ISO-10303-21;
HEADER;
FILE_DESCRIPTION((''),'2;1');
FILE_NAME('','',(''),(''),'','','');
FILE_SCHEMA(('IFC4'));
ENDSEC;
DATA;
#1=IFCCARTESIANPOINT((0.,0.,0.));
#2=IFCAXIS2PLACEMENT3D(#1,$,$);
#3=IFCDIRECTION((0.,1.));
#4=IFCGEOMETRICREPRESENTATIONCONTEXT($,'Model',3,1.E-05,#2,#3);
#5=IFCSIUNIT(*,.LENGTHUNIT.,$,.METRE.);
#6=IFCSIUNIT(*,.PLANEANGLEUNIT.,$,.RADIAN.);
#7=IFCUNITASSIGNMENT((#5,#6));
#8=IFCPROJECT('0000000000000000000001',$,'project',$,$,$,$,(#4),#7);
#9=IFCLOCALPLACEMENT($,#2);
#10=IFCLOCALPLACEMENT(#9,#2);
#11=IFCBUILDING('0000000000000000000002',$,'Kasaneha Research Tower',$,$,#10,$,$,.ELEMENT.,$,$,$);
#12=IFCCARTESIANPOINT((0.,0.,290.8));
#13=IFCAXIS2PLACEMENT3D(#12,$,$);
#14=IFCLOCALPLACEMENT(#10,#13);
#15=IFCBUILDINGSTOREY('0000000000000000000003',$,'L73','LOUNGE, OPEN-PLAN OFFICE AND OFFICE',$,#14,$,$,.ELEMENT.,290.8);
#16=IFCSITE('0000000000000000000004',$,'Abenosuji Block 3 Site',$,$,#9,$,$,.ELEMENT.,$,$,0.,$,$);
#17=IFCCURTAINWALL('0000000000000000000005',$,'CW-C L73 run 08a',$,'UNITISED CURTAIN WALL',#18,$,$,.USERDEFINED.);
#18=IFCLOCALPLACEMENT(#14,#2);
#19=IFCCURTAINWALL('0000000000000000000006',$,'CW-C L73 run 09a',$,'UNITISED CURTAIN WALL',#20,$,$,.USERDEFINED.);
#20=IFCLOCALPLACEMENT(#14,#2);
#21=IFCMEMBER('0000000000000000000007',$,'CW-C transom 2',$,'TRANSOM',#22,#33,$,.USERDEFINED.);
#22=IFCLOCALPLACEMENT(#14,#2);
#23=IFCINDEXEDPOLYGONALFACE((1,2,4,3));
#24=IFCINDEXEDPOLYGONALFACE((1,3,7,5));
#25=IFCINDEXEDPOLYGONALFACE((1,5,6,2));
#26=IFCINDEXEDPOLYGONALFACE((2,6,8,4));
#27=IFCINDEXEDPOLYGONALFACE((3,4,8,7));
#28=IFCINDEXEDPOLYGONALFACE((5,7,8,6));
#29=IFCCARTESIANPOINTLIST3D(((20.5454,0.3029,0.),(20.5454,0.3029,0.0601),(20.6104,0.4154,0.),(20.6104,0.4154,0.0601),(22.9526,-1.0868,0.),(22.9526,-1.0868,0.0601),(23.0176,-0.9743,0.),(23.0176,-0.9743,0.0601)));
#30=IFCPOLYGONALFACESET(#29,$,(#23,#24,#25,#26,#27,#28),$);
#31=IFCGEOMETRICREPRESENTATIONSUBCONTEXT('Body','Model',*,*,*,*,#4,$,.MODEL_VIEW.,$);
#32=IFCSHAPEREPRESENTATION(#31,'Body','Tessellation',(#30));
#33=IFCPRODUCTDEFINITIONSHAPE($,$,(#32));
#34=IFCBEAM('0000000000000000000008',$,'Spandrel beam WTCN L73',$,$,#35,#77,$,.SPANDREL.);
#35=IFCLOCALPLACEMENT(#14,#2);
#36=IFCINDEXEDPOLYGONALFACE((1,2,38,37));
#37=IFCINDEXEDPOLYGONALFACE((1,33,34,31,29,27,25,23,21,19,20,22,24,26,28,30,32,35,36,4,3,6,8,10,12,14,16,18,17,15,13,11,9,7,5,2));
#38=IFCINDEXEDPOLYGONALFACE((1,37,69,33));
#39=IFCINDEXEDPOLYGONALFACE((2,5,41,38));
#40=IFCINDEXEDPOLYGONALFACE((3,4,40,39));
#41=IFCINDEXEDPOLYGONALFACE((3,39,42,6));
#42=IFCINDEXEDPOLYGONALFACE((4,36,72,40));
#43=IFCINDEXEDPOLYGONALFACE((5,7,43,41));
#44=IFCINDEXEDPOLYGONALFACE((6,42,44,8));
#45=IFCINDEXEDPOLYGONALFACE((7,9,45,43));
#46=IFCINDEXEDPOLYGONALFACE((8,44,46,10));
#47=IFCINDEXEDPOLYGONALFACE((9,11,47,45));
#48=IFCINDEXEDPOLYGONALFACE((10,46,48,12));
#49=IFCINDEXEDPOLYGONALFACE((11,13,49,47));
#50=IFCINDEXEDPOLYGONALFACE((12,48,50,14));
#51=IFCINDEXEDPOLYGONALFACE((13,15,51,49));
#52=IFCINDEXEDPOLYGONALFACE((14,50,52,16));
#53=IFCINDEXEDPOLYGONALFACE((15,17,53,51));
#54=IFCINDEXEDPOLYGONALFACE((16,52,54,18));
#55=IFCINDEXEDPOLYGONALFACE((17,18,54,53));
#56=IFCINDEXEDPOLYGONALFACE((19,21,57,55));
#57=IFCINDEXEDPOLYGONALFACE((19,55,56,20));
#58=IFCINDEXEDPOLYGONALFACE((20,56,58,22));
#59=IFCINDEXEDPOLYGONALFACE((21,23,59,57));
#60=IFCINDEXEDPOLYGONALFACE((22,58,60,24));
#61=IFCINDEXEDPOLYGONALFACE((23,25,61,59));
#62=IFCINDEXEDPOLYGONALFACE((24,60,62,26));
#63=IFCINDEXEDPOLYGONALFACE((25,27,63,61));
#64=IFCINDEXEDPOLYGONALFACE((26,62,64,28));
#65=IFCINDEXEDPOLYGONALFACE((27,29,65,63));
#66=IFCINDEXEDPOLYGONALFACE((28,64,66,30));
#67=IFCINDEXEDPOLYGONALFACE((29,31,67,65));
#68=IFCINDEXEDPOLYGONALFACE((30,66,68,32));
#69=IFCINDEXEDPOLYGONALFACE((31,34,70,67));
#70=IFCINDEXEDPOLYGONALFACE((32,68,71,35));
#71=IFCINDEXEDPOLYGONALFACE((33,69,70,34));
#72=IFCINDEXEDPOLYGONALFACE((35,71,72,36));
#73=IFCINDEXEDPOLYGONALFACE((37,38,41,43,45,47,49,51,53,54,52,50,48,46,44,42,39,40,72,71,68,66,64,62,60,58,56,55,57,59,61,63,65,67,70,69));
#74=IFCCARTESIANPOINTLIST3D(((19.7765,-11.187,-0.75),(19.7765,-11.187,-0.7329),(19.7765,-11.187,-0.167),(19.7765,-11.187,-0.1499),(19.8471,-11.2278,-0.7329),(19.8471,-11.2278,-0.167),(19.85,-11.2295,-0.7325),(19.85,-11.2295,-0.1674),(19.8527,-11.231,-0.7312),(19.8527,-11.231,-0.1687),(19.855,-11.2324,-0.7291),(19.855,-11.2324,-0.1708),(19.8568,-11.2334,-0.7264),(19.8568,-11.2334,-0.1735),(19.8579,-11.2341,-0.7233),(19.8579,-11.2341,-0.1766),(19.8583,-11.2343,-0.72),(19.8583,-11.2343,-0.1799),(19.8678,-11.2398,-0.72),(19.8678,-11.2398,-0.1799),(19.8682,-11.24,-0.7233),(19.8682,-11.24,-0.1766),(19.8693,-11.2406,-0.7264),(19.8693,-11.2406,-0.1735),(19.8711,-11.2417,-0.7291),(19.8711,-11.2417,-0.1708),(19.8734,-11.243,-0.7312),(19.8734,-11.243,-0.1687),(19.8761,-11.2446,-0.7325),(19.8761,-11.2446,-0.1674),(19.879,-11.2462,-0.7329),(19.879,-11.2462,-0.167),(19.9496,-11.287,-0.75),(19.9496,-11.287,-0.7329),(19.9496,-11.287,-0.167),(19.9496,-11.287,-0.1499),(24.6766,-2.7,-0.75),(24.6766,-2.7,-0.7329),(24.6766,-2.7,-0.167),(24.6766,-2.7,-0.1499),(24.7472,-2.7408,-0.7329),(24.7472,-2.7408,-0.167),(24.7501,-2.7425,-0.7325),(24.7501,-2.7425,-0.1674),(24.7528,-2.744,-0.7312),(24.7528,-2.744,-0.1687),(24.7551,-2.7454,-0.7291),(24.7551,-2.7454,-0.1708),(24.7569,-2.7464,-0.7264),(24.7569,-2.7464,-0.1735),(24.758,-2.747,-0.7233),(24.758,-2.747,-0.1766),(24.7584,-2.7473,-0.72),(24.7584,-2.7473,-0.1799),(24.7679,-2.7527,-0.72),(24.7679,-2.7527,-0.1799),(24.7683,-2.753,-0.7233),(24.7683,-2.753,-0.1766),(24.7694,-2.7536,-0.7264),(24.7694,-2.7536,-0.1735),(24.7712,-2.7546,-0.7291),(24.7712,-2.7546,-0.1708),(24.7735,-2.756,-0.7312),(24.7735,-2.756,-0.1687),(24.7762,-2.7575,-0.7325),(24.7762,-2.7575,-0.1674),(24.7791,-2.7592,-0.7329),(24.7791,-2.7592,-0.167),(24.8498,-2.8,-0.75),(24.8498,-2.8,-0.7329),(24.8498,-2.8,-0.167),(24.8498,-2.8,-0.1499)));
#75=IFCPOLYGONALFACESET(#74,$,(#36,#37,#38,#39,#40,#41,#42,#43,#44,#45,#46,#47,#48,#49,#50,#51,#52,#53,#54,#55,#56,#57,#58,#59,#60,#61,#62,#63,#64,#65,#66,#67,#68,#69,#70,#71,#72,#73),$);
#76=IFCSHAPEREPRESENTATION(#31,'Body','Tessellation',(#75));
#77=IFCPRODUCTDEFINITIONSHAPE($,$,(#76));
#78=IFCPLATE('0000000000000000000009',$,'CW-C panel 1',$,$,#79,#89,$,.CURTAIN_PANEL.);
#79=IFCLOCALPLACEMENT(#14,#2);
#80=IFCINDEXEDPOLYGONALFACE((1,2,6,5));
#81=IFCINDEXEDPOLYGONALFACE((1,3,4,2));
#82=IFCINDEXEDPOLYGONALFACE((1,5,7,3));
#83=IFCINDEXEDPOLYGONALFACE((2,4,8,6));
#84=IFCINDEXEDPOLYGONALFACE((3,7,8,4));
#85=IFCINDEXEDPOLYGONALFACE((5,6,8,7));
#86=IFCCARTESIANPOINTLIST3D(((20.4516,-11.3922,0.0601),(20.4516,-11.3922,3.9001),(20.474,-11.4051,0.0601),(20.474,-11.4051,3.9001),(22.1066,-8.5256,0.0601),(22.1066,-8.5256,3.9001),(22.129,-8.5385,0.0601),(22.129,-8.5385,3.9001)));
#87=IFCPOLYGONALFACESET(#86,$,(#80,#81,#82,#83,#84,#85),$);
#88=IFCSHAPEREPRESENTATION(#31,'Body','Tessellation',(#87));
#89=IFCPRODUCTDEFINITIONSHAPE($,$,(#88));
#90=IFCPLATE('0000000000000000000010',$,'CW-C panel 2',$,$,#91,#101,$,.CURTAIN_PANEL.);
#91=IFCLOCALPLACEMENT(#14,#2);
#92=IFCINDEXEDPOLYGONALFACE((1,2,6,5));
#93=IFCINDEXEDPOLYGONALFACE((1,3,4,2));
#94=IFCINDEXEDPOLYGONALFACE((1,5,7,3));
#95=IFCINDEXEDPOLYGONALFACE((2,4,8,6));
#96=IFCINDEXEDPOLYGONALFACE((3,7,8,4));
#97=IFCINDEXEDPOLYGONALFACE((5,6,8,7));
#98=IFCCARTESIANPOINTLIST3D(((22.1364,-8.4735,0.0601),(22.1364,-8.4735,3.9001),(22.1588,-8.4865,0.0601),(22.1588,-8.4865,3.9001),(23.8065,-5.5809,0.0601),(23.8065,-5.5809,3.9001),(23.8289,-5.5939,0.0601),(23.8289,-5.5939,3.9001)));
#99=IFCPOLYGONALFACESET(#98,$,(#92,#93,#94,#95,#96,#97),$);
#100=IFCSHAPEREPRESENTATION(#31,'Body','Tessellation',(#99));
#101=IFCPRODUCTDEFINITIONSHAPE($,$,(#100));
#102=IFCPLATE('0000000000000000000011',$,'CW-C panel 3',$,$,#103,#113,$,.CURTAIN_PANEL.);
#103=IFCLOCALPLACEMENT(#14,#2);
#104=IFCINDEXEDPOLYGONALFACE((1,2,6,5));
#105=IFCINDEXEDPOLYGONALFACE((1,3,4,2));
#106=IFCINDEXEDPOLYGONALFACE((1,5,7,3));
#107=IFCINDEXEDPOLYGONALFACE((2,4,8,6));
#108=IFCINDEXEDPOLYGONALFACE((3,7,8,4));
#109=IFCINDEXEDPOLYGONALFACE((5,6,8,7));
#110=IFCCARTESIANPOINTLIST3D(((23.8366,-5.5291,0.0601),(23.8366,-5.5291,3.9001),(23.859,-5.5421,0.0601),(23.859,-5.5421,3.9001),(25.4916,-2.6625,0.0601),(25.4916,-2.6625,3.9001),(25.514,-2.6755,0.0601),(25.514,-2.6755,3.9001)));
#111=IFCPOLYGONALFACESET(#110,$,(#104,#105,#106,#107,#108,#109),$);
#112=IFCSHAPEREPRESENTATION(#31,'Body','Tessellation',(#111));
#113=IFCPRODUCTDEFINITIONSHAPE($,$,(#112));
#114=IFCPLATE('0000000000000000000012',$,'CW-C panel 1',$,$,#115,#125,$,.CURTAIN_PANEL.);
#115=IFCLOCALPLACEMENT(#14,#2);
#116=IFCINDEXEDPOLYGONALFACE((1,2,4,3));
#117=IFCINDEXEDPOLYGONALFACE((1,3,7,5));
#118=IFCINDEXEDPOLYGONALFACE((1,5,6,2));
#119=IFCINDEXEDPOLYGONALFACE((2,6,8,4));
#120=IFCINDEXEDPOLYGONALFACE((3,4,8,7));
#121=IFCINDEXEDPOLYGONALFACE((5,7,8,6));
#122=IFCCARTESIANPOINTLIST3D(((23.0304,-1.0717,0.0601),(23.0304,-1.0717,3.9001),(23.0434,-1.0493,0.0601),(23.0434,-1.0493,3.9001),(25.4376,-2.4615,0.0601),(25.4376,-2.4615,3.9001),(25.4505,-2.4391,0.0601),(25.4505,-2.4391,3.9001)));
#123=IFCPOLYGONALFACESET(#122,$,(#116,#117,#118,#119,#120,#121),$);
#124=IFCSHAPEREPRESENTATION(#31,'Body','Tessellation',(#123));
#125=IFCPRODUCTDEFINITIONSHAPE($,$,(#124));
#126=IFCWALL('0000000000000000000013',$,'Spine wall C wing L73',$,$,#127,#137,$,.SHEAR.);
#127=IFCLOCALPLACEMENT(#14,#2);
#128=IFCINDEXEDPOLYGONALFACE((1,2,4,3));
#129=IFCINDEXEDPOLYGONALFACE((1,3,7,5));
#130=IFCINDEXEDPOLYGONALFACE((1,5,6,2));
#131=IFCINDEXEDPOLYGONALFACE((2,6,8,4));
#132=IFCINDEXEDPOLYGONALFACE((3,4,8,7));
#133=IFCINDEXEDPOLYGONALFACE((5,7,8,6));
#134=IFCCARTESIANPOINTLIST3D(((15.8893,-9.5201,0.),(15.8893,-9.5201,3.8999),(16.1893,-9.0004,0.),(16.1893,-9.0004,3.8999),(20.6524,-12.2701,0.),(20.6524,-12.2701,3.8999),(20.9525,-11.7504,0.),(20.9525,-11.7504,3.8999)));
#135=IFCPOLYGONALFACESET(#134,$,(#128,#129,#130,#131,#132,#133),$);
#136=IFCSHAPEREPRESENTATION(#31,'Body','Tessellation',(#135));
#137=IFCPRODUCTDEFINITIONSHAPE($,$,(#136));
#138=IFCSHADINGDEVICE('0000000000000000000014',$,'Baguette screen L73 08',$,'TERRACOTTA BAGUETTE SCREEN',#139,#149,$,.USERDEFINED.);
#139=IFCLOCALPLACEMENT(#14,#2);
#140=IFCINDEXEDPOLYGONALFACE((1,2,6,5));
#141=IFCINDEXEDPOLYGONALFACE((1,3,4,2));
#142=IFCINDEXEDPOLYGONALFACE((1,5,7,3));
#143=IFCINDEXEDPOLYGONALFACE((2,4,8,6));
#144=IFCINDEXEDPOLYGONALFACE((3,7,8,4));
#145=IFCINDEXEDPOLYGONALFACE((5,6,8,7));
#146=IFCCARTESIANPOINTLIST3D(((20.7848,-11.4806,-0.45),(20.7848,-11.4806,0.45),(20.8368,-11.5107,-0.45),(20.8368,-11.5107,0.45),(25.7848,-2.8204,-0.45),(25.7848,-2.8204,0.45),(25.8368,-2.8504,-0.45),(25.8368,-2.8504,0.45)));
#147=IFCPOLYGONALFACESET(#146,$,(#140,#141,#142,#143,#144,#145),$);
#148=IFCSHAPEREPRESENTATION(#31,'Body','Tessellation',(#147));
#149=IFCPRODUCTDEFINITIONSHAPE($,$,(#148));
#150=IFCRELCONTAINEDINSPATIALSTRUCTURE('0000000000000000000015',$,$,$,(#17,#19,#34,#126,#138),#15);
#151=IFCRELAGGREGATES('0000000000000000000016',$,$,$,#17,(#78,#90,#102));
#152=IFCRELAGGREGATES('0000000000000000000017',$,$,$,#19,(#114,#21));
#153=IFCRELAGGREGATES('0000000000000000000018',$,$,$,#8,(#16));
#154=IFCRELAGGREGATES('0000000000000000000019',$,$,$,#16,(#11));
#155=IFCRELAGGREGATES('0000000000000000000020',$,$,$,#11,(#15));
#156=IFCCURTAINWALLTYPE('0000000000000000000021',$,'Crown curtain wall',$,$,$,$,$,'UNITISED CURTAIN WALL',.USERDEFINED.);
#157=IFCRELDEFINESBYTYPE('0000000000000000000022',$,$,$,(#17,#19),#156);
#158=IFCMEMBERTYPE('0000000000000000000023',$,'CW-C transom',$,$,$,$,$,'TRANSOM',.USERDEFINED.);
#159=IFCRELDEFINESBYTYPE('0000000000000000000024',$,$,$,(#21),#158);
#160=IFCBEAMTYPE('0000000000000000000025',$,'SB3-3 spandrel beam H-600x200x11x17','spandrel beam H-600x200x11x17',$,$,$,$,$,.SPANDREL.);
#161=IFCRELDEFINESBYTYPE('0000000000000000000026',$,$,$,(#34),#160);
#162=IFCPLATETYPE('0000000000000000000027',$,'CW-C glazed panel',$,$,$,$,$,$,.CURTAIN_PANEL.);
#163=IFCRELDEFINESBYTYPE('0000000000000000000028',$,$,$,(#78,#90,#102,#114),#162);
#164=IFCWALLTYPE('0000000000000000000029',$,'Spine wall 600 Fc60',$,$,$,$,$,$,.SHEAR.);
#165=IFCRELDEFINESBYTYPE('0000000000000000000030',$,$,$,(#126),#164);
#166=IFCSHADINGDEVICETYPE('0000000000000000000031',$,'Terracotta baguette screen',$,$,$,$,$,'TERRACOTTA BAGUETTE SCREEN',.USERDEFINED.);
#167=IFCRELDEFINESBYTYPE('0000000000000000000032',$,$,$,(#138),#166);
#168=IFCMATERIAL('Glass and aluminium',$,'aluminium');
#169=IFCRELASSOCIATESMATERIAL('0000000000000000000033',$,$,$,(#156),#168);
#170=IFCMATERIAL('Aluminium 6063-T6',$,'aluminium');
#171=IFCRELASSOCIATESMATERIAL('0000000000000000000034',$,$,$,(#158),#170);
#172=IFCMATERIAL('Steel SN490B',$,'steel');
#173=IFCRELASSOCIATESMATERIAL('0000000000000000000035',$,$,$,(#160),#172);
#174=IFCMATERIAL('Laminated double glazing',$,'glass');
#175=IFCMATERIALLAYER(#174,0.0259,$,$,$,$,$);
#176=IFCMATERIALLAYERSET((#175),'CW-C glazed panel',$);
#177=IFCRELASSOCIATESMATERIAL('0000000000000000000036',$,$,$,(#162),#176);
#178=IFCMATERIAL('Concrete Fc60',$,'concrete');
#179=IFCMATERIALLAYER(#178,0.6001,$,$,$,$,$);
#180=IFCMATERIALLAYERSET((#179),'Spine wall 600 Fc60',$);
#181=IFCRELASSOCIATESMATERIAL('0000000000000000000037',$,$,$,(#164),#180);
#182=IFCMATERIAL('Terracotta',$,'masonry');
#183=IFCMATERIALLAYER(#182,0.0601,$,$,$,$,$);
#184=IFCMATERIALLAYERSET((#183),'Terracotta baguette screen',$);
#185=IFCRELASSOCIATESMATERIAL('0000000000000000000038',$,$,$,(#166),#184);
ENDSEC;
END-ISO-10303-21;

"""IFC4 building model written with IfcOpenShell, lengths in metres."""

from ifc_helpers import new_model, si_unit, direction, frame, frame_2d, origin, origin_2d, place, context, subcontext, project, spatial, rectangle, i_section, extrude, material, layer, layer_set, material_profile, profile_set, type_object, element, aggregate, save


model = new_model("IFC4")

# Units and contexts
model_context = context("Model", 3, precision=1e-05, world=origin(), true_north=direction((0.0, 1.0)))
body_context = subcontext(model_context, "Body", "Model", "MODEL_VIEW")
ifc_project = project(units=[si_unit("LENGTHUNIT", "METRE"), si_unit("PLANEANGLEUNIT", "RADIAN")], contexts=[model_context])

# Site, building, storey
site_placement = place(None, origin())
site = spatial("IfcSite", under=ifc_project, at=site_placement, Name="Abenosuji Block 3 Site", CompositionType="ELEMENT", RefElevation=0.0)
building_placement = place(site_placement, origin())
building = spatial("IfcBuilding", under=site, at=building_placement, Name="Kasaneha Research Tower", CompositionType="ELEMENT")
storey_placement = place(building_placement, frame((0.0, 0.0, 290.8)))
storey = spatial("IfcBuildingStorey", under=building, at=storey_placement, Name="L73", Description="LOUNGE, OPEN-PLAN OFFICE AND OFFICE", CompositionType="ELEMENT", Elevation=290.8)

# Curtain walls
ifc_material_1 = material(Name="Glass and aluminium", Category="aluminium")
curtain_wall_type = type_object("IfcCurtainWallType", Name="Crown curtain wall", ElementType="UNITISED CURTAIN WALL", PredefinedType="USERDEFINED", material=ifc_material_1)
curtain_wall_1_placement = place(storey_placement, origin())
curtain_wall_1 = element("IfcCurtainWall", 1, at=curtain_wall_1_placement, inside=storey, type_object=curtain_wall_type, Name="CW-C L73 run 08a", ObjectType="UNITISED CURTAIN WALL", PredefinedType="USERDEFINED")
curtain_wall_2_placement = place(storey_placement, origin())
curtain_wall_2 = element("IfcCurtainWall", 2, at=curtain_wall_2_placement, inside=storey, type_object=curtain_wall_type, Name="CW-C L73 run 09a", ObjectType="UNITISED CURTAIN WALL", PredefinedType="USERDEFINED")

# Member
ifc_material_2 = material(Name="Aluminium 6063-T6", Category="aluminium")
ifc_material_profile_1 = material_profile(ifc_material_2, rectangle(XDim=0.1299, YDim=0.0601, at=origin_2d()), Name="CW-C transom 130x60")
ifc_profile_set_1 = profile_set([ifc_material_profile_1], Name="Aluminium 6063-T6")
member_type_1 = type_object("IfcMemberType", Name="CW-C transom", ElementType="TRANSOM", PredefinedType="USERDEFINED", material=ifc_profile_set_1)
member_1_placement = place(storey_placement, frame((22.9851, -1.0305, 0.03), z_axis=(-0.866051, 0.499956, 0.0), x_axis=(-0.499956, -0.866051, 0.0)))
member_1 = element("IfcMember", 3, at=member_1_placement, type_object=member_type_1, Name="CW-C transom 2", ObjectType="TRANSOM", PredefinedType="USERDEFINED", context=body_context, shape_type="SweptSolid", body=[
    extrude(rectangle(XDim=0.1299, YDim=0.0601, at=origin_2d()), origin(), (0.0, 0.0, 1.0), 2.7795),
])

# Beam
ifc_material_3 = material(Name="Steel SN490B", Category="steel")
ifc_material_profile_2 = material_profile(ifc_material_3, i_section(OverallWidth=0.2, OverallDepth=0.6001, WebThickness=0.011, FlangeThickness=0.0171, FilletRadius=0.0129, at=origin_2d()), Name="H-600x200x11x17")
ifc_profile_set_2 = profile_set([ifc_material_profile_2], Name="Steel SN490B")
beam_type_1 = type_object("IfcBeamType", Name="SB3-3 spandrel beam H-600x200x11x17", Description="spandrel beam H-600x200x11x17", PredefinedType="SPANDREL", material=ifc_profile_set_2)
beam_1_placement = place(storey_placement, frame((24.7632, -2.75, -0.45), z_axis=(-0.500011, -0.866019, 0.0), x_axis=(0.866019, -0.500011, 0.0)))
element("IfcBeam", 4, at=beam_1_placement, inside=storey, type_object=beam_type_1, Name="Spandrel beam WTCN L73", PredefinedType="SPANDREL", context=body_context, shape_type="SweptSolid", body=[
    extrude(i_section(OverallWidth=0.2, OverallDepth=0.6001, WebThickness=0.011, FlangeThickness=0.0171, FilletRadius=0.0129, at=origin_2d()), origin(), (0.0, 0.0, 1.0), 9.8),
])

# Plates
ifc_material_4 = material(Name="Laminated double glazing", Category="glass")
ifc_layer_1 = layer(ifc_material_4, 0.0259)
ifc_layer_set_1 = layer_set([ifc_layer_1], Name="CW-C glazed panel")
plate_type = type_object("IfcPlateType", Name="CW-C glazed panel", PredefinedType="CURTAIN_PANEL", material=ifc_layer_set_1)
plate_1_placement = place(storey_placement, frame((21.2903, -9.9653, 0.0601), z_axis=(0.0, 0.0, 1.0), x_axis=(0.5, 0.866025, 0.0)))
plate_1 = element("IfcPlate", 5, at=plate_1_placement, type_object=plate_type, Name="CW-C panel 1", PredefinedType="CURTAIN_PANEL", context=body_context, shape_type="SweptSolid", body=[
    extrude(rectangle(XDim=3.3101, YDim=0.0259, at=origin_2d()), origin(), (0.0, 0.0, 1.0), 3.8401),
])
plate_2_placement = place(storey_placement, frame((22.9827, -7.0337, 0.0601), z_axis=(0.0, 0.0, 1.0), x_axis=(0.5, 0.866025, 0.0)))
plate_2 = element("IfcPlate", 6, at=plate_2_placement, type_object=plate_type, Name="CW-C panel 2", PredefinedType="CURTAIN_PANEL", context=body_context, shape_type="SweptSolid", body=[
    extrude(rectangle(XDim=3.3401, YDim=0.0259, at=origin_2d()), origin(), (0.0, 0.0, 1.0), 3.8401),
])
plate_3_placement = place(storey_placement, frame((24.6753, -4.1023, 0.0601), z_axis=(0.0, 0.0, 1.0), x_axis=(0.5, 0.866025, 0.0)))
plate_3 = element("IfcPlate", 7, at=plate_3_placement, type_object=plate_type, Name="CW-C panel 3", PredefinedType="CURTAIN_PANEL", context=body_context, shape_type="SweptSolid", body=[
    extrude(rectangle(XDim=3.3101, YDim=0.0259, at=origin_2d()), origin(), (0.0, 0.0, 1.0), 3.8401),
])
aggregate(curtain_wall_1, [plate_1, plate_2, plate_3])
plate_4_placement = place(storey_placement, frame((24.2405, -1.7554, 0.0601), z_axis=(0.0, 0.0, 1.0), x_axis=(-0.866025, 0.5, 0.0)))
plate_4 = element("IfcPlate", 8, at=plate_4_placement, type_object=plate_type, Name="CW-C panel 1", PredefinedType="CURTAIN_PANEL", context=body_context, shape_type="SweptSolid", body=[
    extrude(rectangle(XDim=2.7795, YDim=0.0259, at=origin_2d()), origin(), (0.0, 0.0, 1.0), 3.8401),
])
aggregate(curtain_wall_2, [plate_4, member_1])

# Wall
ifc_material_5 = material(Name="Concrete Fc60", Category="concrete")
ifc_layer_2 = layer(ifc_material_5, 0.6001)
ifc_layer_set_2 = layer_set([ifc_layer_2], Name="Spine wall 600 Fc60")
wall_type = type_object("IfcWallType", Name="Spine wall 600 Fc60", PredefinedType="SHEAR", material=ifc_layer_set_2)
wall_placement = place(storey_placement, frame((16.0393, -9.2603, 0.0), z_axis=(0.0, 0.0, 1.0), x_axis=(0.866027, -0.499997, 0.0)))
element("IfcWall", 9, at=wall_placement, inside=storey, type_object=wall_type, Name="Spine wall C wing L73", PredefinedType="SHEAR", context=body_context, shape_type="SweptSolid", body=[
    extrude(rectangle(XDim=5.5, YDim=0.6001, at=frame_2d((2.75, 0.0))), origin(), (0.0, 0.0, 1.0), 3.8999),
])

# Shading device
ifc_material_6 = material(Name="Terracotta", Category="masonry")
ifc_layer_3 = layer(ifc_material_6, 0.0601)
ifc_layer_set_3 = layer_set([ifc_layer_3], Name="Terracotta baguette screen")
shading_device_type = type_object("IfcShadingDeviceType", Name="Terracotta baguette screen", ElementType="TERRACOTTA BAGUETTE SCREEN", PredefinedType="USERDEFINED", material=ifc_layer_set_3)
shading_device_placement = place(storey_placement, frame((23.3108, -7.1655, -0.45), z_axis=(0.0, 0.0, 1.0), x_axis=(0.5, 0.866025, 0.0)))
element("IfcShadingDevice", 10, at=shading_device_placement, inside=storey, type_object=shading_device_type, Name="Baguette screen L73 08", ObjectType="TERRACOTTA BAGUETTE SCREEN", PredefinedType="USERDEFINED", context=body_context, shape_type="SweptSolid", body=[
    extrude(rectangle(XDim=10.0, YDim=0.0601, at=origin_2d()), origin(), (0.0, 0.0, 1.0), 0.8999),
])

save(model, "model.ifc")
